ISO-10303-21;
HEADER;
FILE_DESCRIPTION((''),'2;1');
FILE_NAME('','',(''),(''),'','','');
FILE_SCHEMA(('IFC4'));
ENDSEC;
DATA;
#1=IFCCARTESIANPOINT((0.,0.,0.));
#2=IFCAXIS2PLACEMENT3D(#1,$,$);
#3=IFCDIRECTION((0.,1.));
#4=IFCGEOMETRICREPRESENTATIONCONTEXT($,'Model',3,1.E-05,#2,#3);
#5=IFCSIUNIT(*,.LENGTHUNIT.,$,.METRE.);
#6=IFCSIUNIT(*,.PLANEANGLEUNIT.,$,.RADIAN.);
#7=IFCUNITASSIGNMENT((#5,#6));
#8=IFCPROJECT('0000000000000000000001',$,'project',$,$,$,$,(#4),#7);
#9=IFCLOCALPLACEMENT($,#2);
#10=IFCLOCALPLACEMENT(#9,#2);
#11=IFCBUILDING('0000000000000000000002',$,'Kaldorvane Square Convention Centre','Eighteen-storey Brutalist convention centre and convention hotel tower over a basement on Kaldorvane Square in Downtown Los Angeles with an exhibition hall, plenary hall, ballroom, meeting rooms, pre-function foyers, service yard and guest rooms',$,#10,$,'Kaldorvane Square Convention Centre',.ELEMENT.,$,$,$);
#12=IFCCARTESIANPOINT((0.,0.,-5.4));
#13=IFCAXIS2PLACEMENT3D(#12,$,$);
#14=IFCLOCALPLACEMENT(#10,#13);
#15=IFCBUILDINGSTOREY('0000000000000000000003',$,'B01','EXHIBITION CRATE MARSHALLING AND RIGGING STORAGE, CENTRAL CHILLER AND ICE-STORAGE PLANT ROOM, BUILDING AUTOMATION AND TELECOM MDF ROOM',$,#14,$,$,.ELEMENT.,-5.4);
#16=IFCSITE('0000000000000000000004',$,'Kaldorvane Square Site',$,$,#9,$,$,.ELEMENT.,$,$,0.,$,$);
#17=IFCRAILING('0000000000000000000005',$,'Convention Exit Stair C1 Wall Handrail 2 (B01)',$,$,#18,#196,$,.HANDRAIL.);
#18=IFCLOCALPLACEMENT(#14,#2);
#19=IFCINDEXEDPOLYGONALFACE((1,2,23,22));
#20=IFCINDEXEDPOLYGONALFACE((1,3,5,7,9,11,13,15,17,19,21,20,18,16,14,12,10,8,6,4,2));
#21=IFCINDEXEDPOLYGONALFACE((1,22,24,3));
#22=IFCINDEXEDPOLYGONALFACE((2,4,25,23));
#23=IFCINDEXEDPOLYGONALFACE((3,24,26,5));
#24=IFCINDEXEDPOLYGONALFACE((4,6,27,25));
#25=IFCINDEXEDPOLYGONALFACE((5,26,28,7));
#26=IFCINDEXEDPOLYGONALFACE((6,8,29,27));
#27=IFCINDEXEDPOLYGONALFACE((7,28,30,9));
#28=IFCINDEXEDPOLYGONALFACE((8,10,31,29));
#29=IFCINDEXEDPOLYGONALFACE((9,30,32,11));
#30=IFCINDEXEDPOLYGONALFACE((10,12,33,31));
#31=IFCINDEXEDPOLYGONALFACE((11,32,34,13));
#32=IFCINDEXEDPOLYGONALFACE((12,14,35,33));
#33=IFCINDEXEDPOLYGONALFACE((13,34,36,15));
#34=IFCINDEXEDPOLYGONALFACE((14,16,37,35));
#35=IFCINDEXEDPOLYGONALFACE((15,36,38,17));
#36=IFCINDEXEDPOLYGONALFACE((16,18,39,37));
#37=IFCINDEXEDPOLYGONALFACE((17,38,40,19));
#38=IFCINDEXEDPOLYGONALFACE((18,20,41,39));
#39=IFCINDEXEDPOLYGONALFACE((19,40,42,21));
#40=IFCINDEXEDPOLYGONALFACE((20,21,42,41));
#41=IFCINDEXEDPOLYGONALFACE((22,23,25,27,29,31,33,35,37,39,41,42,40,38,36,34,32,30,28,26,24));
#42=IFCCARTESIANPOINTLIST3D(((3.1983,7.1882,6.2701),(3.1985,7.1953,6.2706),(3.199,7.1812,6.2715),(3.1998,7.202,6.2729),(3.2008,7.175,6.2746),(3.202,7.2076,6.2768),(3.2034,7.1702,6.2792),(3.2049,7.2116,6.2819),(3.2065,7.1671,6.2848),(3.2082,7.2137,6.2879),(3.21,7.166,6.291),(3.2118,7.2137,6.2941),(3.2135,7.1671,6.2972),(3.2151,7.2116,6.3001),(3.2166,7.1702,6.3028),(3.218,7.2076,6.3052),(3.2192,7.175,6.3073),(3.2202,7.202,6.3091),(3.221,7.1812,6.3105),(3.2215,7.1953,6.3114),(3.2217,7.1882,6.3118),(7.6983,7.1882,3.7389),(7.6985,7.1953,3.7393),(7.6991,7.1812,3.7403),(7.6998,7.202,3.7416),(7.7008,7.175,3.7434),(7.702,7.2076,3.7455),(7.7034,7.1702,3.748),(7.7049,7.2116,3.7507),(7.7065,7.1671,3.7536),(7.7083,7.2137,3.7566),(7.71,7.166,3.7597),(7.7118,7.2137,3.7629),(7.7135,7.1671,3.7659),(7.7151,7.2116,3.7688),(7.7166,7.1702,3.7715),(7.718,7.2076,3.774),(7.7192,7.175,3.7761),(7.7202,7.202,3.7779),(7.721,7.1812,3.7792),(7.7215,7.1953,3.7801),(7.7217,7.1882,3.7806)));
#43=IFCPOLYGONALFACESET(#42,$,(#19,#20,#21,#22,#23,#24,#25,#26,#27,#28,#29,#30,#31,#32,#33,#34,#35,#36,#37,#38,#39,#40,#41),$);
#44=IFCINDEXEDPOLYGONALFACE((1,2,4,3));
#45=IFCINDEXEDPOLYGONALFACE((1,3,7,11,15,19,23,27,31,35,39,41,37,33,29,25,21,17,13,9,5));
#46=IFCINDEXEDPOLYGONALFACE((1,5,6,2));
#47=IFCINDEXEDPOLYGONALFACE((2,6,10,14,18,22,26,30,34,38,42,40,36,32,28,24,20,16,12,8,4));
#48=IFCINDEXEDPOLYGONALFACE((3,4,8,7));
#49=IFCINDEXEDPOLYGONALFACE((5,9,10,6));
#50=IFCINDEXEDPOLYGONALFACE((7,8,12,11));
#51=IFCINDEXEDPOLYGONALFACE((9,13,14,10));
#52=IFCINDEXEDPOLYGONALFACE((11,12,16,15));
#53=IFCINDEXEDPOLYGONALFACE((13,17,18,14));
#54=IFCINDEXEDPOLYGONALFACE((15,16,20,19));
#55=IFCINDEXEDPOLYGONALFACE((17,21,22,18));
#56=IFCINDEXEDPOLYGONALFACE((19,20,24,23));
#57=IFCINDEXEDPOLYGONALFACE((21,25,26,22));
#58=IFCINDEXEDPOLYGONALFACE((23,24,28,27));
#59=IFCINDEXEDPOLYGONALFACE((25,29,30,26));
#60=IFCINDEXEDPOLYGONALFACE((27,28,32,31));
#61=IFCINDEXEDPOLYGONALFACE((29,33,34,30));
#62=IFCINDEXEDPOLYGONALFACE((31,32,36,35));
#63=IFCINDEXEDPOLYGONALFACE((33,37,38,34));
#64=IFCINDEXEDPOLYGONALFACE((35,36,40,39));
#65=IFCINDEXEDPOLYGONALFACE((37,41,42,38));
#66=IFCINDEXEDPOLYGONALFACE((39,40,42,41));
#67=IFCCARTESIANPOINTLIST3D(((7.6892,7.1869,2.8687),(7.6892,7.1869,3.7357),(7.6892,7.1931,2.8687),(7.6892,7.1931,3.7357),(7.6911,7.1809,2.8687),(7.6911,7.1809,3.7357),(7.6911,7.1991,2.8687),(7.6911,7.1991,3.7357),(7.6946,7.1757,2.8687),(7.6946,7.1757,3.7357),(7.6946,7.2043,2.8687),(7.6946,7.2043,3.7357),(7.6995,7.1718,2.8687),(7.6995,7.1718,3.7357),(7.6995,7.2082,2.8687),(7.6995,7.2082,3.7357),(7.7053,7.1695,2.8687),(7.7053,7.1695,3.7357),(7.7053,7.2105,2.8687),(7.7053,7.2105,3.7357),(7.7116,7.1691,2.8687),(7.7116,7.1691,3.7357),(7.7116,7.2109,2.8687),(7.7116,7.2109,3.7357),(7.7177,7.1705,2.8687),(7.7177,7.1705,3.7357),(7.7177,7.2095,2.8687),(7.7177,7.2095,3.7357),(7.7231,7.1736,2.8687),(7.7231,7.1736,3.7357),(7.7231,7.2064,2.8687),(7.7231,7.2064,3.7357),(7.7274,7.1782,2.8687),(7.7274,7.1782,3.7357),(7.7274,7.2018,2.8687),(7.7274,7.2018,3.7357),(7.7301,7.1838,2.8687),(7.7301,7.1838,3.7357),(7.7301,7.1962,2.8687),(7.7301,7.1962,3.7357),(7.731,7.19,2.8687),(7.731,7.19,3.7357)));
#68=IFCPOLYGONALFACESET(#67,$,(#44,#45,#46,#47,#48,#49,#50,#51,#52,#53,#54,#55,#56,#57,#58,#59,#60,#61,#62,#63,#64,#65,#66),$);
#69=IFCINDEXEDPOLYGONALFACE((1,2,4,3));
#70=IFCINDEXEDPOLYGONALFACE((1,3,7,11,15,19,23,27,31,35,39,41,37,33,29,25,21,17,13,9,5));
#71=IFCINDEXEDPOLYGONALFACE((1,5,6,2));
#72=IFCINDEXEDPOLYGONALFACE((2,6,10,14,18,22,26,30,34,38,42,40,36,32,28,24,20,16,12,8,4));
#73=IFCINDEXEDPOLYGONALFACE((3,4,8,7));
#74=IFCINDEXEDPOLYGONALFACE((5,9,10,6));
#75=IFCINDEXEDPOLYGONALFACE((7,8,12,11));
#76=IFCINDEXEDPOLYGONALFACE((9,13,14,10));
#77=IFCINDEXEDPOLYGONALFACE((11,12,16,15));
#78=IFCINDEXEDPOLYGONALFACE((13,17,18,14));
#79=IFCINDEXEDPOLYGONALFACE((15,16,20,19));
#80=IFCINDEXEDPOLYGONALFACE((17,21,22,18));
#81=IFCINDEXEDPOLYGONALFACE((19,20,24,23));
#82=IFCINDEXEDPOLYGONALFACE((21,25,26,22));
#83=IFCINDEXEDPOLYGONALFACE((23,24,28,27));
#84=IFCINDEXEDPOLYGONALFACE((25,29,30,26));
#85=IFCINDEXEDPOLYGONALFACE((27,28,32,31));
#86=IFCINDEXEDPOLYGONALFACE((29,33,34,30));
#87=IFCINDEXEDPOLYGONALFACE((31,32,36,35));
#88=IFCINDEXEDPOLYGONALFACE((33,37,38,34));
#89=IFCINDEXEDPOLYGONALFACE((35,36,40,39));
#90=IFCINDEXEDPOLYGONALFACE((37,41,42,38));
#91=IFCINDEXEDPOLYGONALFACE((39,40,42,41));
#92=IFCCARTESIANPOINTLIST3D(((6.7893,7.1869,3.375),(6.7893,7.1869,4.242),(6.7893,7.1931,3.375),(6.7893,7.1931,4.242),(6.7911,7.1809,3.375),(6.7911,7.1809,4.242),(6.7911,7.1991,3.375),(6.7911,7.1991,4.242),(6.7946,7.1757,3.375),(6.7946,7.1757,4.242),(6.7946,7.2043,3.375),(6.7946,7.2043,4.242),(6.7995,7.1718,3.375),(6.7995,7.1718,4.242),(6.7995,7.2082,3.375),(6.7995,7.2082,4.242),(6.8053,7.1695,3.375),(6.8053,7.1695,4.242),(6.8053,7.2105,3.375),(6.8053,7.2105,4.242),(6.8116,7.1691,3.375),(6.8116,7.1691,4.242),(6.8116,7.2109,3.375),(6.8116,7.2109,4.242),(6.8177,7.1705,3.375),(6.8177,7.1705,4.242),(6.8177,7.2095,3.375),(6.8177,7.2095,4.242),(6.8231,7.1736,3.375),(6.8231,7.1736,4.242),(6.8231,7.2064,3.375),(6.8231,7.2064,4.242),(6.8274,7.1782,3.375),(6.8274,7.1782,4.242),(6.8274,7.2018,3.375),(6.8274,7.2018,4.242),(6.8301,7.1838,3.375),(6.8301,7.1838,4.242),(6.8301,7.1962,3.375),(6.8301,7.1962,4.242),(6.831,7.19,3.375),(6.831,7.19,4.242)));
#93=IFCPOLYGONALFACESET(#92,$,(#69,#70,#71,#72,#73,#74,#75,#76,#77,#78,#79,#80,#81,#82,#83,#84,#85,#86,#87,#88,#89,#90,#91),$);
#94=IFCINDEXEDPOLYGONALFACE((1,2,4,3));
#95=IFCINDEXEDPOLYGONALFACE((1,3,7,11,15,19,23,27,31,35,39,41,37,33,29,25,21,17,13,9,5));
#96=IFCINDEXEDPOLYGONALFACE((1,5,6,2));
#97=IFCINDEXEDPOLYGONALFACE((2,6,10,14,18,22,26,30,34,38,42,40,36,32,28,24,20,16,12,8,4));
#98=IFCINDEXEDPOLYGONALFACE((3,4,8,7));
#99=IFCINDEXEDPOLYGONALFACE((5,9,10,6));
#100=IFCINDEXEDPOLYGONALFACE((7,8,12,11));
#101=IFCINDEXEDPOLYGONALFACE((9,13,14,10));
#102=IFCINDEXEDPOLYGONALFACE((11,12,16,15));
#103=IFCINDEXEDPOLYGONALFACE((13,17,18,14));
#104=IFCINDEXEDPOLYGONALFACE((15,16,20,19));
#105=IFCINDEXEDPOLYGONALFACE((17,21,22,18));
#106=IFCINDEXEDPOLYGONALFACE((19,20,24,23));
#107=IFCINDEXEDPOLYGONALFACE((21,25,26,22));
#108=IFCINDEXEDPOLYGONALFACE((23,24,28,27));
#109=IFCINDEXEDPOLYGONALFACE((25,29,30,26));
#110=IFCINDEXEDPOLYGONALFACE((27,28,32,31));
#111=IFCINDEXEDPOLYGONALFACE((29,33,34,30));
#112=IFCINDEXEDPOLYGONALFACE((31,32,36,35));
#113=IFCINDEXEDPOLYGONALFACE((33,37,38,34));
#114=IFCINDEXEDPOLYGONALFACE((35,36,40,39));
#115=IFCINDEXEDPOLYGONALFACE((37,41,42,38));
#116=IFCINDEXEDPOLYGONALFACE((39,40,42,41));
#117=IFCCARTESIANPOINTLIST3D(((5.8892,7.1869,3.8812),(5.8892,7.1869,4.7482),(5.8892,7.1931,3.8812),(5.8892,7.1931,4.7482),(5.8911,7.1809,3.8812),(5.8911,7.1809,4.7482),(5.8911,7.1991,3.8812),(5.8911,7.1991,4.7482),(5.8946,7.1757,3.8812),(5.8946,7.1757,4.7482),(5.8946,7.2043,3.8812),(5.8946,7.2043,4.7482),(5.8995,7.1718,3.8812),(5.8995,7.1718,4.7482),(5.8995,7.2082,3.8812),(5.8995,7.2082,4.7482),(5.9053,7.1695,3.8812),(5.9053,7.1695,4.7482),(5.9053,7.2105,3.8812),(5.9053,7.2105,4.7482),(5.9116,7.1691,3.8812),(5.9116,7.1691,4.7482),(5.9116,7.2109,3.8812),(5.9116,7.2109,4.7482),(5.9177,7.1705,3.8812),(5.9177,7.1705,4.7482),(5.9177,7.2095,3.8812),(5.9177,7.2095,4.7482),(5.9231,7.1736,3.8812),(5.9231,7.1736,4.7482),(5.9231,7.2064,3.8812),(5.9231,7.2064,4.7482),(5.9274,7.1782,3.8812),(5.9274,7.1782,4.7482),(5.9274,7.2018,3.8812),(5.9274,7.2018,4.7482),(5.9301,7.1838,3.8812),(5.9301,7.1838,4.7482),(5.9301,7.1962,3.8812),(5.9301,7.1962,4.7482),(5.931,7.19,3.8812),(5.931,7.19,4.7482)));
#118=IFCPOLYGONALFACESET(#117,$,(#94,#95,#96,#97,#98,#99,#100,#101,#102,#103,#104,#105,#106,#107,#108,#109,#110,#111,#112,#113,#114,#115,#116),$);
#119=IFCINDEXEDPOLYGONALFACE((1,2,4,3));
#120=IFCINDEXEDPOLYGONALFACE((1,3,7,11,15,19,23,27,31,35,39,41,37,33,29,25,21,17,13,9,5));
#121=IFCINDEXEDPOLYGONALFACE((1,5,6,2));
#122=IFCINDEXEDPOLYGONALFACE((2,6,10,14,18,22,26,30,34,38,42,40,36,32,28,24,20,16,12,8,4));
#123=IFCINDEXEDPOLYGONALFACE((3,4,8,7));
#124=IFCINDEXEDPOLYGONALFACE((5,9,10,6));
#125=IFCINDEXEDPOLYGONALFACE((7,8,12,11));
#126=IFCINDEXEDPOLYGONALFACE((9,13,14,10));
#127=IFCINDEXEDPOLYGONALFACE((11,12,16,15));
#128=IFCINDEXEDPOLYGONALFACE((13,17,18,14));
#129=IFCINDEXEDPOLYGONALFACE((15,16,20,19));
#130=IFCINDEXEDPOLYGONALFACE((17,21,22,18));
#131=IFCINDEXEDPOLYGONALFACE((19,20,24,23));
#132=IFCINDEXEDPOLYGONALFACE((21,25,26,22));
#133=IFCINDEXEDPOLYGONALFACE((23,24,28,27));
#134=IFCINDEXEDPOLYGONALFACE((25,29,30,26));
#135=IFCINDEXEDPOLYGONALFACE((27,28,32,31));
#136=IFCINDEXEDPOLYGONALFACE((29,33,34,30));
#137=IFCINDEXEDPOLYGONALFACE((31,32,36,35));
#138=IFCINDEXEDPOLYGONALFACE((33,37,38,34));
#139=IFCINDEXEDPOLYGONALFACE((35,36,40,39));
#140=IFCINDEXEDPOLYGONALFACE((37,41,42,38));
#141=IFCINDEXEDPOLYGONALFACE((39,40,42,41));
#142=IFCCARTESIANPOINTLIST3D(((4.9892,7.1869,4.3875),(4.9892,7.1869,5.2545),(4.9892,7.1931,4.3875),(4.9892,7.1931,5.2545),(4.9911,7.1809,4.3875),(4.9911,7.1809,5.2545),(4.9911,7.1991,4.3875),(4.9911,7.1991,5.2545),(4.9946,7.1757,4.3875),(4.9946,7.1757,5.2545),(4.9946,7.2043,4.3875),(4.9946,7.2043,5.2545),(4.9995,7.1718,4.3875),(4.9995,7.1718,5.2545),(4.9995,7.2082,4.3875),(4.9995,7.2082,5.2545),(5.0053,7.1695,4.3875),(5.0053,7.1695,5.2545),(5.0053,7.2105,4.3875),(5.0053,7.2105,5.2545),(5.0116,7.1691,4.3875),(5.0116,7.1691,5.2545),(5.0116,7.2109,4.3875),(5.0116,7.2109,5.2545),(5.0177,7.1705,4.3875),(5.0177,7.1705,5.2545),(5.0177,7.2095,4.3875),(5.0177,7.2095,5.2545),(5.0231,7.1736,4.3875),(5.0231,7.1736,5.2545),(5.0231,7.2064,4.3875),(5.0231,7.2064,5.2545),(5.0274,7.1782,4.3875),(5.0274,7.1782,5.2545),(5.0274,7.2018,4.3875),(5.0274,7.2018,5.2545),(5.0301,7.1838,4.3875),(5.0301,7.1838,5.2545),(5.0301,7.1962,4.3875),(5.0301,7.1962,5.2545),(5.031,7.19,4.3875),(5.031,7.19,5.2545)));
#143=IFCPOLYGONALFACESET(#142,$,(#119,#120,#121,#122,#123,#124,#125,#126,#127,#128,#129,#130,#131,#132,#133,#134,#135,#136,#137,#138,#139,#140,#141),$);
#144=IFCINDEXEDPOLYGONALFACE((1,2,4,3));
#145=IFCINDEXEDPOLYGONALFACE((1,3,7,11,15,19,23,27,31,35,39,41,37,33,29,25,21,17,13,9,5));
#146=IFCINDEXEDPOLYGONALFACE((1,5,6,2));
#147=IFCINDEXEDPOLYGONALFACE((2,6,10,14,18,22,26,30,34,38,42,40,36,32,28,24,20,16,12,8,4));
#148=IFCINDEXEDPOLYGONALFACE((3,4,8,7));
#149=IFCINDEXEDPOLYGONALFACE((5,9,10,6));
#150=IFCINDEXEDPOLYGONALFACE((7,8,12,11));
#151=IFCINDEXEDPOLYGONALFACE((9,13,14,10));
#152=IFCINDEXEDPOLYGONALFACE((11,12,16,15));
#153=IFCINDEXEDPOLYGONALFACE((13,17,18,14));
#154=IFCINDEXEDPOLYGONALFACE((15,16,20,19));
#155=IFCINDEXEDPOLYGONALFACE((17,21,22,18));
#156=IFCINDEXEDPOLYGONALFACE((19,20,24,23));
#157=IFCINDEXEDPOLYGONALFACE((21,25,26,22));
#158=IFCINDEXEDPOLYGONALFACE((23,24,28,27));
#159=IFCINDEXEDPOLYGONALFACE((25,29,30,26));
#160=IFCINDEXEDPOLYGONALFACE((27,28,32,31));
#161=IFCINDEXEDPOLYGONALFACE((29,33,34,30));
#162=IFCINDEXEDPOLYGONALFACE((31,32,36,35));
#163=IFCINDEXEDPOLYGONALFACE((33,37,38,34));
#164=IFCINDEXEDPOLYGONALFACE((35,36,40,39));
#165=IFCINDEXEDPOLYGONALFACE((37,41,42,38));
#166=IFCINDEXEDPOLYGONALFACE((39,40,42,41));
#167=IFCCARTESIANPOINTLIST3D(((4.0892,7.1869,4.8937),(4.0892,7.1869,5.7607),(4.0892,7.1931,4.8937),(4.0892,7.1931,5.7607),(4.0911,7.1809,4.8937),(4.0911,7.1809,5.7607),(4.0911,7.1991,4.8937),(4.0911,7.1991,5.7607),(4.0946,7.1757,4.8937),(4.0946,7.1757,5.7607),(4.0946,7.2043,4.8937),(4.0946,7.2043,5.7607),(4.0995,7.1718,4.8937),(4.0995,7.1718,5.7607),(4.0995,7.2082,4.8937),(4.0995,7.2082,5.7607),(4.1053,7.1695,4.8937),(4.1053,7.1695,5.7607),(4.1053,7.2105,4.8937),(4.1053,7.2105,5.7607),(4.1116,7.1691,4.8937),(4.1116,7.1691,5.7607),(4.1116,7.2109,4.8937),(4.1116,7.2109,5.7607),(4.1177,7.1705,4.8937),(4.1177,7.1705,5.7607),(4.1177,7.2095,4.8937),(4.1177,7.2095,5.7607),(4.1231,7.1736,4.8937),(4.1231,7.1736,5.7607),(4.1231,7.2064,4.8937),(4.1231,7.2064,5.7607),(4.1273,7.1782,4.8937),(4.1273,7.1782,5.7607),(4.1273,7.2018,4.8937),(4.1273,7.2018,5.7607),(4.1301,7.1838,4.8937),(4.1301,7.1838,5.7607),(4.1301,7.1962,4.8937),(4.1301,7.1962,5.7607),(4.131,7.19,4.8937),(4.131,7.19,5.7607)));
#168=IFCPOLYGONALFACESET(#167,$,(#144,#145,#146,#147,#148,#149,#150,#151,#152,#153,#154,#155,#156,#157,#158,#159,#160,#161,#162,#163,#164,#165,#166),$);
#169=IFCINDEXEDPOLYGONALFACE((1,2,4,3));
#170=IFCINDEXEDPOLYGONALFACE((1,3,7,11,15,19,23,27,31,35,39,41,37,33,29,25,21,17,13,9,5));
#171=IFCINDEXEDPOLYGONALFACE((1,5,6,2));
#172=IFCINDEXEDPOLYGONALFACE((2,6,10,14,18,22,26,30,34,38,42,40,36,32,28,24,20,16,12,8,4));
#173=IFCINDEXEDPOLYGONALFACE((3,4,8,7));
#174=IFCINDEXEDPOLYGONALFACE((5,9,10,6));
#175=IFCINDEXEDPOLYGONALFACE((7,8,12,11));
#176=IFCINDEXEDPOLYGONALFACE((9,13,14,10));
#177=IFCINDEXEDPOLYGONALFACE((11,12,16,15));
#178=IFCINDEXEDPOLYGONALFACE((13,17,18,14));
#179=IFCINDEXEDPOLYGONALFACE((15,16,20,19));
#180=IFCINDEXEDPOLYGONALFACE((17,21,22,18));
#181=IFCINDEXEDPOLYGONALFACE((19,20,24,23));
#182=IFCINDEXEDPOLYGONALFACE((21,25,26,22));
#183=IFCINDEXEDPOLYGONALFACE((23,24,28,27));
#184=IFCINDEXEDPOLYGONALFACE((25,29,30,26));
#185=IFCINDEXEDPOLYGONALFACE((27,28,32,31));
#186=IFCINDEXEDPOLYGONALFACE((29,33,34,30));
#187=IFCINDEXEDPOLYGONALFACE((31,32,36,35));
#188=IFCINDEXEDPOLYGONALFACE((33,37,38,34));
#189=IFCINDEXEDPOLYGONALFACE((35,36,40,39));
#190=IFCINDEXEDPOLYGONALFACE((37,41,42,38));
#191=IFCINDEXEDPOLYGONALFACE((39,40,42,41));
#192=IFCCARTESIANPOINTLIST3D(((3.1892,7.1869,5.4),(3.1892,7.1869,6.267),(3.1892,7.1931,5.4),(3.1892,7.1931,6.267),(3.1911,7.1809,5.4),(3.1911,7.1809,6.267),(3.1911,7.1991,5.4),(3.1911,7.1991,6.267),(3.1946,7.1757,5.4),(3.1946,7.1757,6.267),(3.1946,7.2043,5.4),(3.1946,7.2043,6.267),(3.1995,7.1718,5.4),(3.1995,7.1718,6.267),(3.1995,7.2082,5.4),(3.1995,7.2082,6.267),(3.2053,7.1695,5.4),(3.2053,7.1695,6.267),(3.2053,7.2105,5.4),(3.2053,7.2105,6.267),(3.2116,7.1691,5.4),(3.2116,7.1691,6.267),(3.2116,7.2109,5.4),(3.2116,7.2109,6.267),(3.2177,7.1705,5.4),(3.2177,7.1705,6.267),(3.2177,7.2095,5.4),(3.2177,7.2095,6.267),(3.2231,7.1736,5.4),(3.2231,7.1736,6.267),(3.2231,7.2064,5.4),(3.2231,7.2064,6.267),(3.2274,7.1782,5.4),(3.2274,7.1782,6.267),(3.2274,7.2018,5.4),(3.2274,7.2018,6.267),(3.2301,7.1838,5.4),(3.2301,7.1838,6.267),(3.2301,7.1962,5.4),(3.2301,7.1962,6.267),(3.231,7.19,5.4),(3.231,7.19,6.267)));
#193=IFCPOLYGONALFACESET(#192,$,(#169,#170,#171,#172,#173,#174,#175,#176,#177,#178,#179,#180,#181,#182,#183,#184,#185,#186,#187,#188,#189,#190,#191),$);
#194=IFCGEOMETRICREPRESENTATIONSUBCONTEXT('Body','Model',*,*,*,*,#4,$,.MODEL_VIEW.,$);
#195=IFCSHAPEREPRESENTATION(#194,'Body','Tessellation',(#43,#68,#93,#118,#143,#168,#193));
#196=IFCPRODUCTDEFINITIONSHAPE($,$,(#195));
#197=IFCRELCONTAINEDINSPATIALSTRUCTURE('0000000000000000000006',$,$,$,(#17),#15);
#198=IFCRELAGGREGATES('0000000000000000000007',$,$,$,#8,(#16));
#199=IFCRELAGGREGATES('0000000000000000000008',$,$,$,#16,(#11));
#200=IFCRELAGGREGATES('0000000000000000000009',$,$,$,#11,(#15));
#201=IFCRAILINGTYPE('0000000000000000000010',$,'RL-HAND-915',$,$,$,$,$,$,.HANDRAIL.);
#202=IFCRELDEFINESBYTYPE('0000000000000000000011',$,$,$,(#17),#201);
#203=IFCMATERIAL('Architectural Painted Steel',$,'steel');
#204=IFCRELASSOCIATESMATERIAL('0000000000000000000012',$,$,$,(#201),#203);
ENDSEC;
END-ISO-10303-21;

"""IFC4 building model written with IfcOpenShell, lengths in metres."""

from ifc_helpers import new_model, si_unit, direction, frame, origin, origin_2d, place, context, subcontext, project, spatial, circle, extrude, material, type_object, element, save


model = new_model("IFC4")

# Units and contexts
model_context = context("Model", 3, precision=1e-05, world=origin(), true_north=direction((0.0, 1.0)))
body_context = subcontext(model_context, "Body", "Model", "MODEL_VIEW")
ifc_project = project(units=[si_unit("LENGTHUNIT", "METRE"), si_unit("PLANEANGLEUNIT", "RADIAN")], contexts=[model_context])

# Site, building, storey
site_placement = place(None, origin())
site = spatial("IfcSite", under=ifc_project, at=site_placement, Name="Kaldorvane Square Site", CompositionType="ELEMENT", RefElevation=0.0)
building_placement = place(site_placement, origin())
building = spatial("IfcBuilding", under=site, at=building_placement, Name="Kaldorvane Square Convention Centre", Description="Eighteen-storey Brutalist convention centre and convention hotel tower over a basement on Kaldorvane Square in Downtown Los Angeles with an exhibition hall, plenary hall, ballroom, meeting rooms, pre-function foyers, service yard and guest rooms", LongName="Kaldorvane Square Convention Centre", CompositionType="ELEMENT")
storey_placement = place(building_placement, frame((0.0, 0.0, -5.4)))
storey = spatial("IfcBuildingStorey", under=building, at=storey_placement, Name="B01", Description="EXHIBITION CRATE MARSHALLING AND RIGGING STORAGE, CENTRAL CHILLER AND ICE-STORAGE PLANT ROOM, BUILDING AUTOMATION AND TELECOM MDF ROOM", CompositionType="ELEMENT", Elevation=-5.4)

# Railing
ifc_material_1 = material(Name="Architectural Painted Steel", Category="steel")
railing_type_1 = type_object("IfcRailingType", Name="RL-HAND-915", PredefinedType="HANDRAIL", material=ifc_material_1)
railing_1_placement = place(storey_placement, frame((7.71, 7.19, 2.8687)))
element("IfcRailing", 1, at=railing_1_placement, inside=storey, type_object=railing_type_1, Name="Convention Exit Stair C1 Wall Handrail 2 (B01)", PredefinedType="HANDRAIL", context=body_context, shape_type="SweptSolid", body=[
    extrude(circle(Radius=0.024, at=origin_2d()), frame((0.0, 0.0, 0.891), z_axis=(-0.871576, 0.0, 0.490261), x_axis=(0.0, -1.0, 0.0)), (0.0, 0.0, 1.0), 5.1631),
    extrude(circle(Radius=0.021, at=origin_2d()), origin(), (0.0, 0.0, 1.0), 0.867),
    extrude(circle(Radius=0.021, at=origin_2d()), frame((-0.9, 0.0, 0.5063)), (0.0, 0.0, 1.0), 0.867),
    extrude(circle(Radius=0.021, at=origin_2d()), frame((-1.8, 0.0, 1.0125)), (0.0, 0.0, 1.0), 0.867),
    extrude(circle(Radius=0.021, at=origin_2d()), frame((-2.7, 0.0, 1.5188)), (0.0, 0.0, 1.0), 0.867),
    extrude(circle(Radius=0.021, at=origin_2d()), frame((-3.6, 0.0, 2.025)), (0.0, 0.0, 1.0), 0.867),
    extrude(circle(Radius=0.021, at=origin_2d()), frame((-4.5, 0.0, 2.5312)), (0.0, 0.0, 1.0), 0.867),
])

save(model, "model.ifc")
